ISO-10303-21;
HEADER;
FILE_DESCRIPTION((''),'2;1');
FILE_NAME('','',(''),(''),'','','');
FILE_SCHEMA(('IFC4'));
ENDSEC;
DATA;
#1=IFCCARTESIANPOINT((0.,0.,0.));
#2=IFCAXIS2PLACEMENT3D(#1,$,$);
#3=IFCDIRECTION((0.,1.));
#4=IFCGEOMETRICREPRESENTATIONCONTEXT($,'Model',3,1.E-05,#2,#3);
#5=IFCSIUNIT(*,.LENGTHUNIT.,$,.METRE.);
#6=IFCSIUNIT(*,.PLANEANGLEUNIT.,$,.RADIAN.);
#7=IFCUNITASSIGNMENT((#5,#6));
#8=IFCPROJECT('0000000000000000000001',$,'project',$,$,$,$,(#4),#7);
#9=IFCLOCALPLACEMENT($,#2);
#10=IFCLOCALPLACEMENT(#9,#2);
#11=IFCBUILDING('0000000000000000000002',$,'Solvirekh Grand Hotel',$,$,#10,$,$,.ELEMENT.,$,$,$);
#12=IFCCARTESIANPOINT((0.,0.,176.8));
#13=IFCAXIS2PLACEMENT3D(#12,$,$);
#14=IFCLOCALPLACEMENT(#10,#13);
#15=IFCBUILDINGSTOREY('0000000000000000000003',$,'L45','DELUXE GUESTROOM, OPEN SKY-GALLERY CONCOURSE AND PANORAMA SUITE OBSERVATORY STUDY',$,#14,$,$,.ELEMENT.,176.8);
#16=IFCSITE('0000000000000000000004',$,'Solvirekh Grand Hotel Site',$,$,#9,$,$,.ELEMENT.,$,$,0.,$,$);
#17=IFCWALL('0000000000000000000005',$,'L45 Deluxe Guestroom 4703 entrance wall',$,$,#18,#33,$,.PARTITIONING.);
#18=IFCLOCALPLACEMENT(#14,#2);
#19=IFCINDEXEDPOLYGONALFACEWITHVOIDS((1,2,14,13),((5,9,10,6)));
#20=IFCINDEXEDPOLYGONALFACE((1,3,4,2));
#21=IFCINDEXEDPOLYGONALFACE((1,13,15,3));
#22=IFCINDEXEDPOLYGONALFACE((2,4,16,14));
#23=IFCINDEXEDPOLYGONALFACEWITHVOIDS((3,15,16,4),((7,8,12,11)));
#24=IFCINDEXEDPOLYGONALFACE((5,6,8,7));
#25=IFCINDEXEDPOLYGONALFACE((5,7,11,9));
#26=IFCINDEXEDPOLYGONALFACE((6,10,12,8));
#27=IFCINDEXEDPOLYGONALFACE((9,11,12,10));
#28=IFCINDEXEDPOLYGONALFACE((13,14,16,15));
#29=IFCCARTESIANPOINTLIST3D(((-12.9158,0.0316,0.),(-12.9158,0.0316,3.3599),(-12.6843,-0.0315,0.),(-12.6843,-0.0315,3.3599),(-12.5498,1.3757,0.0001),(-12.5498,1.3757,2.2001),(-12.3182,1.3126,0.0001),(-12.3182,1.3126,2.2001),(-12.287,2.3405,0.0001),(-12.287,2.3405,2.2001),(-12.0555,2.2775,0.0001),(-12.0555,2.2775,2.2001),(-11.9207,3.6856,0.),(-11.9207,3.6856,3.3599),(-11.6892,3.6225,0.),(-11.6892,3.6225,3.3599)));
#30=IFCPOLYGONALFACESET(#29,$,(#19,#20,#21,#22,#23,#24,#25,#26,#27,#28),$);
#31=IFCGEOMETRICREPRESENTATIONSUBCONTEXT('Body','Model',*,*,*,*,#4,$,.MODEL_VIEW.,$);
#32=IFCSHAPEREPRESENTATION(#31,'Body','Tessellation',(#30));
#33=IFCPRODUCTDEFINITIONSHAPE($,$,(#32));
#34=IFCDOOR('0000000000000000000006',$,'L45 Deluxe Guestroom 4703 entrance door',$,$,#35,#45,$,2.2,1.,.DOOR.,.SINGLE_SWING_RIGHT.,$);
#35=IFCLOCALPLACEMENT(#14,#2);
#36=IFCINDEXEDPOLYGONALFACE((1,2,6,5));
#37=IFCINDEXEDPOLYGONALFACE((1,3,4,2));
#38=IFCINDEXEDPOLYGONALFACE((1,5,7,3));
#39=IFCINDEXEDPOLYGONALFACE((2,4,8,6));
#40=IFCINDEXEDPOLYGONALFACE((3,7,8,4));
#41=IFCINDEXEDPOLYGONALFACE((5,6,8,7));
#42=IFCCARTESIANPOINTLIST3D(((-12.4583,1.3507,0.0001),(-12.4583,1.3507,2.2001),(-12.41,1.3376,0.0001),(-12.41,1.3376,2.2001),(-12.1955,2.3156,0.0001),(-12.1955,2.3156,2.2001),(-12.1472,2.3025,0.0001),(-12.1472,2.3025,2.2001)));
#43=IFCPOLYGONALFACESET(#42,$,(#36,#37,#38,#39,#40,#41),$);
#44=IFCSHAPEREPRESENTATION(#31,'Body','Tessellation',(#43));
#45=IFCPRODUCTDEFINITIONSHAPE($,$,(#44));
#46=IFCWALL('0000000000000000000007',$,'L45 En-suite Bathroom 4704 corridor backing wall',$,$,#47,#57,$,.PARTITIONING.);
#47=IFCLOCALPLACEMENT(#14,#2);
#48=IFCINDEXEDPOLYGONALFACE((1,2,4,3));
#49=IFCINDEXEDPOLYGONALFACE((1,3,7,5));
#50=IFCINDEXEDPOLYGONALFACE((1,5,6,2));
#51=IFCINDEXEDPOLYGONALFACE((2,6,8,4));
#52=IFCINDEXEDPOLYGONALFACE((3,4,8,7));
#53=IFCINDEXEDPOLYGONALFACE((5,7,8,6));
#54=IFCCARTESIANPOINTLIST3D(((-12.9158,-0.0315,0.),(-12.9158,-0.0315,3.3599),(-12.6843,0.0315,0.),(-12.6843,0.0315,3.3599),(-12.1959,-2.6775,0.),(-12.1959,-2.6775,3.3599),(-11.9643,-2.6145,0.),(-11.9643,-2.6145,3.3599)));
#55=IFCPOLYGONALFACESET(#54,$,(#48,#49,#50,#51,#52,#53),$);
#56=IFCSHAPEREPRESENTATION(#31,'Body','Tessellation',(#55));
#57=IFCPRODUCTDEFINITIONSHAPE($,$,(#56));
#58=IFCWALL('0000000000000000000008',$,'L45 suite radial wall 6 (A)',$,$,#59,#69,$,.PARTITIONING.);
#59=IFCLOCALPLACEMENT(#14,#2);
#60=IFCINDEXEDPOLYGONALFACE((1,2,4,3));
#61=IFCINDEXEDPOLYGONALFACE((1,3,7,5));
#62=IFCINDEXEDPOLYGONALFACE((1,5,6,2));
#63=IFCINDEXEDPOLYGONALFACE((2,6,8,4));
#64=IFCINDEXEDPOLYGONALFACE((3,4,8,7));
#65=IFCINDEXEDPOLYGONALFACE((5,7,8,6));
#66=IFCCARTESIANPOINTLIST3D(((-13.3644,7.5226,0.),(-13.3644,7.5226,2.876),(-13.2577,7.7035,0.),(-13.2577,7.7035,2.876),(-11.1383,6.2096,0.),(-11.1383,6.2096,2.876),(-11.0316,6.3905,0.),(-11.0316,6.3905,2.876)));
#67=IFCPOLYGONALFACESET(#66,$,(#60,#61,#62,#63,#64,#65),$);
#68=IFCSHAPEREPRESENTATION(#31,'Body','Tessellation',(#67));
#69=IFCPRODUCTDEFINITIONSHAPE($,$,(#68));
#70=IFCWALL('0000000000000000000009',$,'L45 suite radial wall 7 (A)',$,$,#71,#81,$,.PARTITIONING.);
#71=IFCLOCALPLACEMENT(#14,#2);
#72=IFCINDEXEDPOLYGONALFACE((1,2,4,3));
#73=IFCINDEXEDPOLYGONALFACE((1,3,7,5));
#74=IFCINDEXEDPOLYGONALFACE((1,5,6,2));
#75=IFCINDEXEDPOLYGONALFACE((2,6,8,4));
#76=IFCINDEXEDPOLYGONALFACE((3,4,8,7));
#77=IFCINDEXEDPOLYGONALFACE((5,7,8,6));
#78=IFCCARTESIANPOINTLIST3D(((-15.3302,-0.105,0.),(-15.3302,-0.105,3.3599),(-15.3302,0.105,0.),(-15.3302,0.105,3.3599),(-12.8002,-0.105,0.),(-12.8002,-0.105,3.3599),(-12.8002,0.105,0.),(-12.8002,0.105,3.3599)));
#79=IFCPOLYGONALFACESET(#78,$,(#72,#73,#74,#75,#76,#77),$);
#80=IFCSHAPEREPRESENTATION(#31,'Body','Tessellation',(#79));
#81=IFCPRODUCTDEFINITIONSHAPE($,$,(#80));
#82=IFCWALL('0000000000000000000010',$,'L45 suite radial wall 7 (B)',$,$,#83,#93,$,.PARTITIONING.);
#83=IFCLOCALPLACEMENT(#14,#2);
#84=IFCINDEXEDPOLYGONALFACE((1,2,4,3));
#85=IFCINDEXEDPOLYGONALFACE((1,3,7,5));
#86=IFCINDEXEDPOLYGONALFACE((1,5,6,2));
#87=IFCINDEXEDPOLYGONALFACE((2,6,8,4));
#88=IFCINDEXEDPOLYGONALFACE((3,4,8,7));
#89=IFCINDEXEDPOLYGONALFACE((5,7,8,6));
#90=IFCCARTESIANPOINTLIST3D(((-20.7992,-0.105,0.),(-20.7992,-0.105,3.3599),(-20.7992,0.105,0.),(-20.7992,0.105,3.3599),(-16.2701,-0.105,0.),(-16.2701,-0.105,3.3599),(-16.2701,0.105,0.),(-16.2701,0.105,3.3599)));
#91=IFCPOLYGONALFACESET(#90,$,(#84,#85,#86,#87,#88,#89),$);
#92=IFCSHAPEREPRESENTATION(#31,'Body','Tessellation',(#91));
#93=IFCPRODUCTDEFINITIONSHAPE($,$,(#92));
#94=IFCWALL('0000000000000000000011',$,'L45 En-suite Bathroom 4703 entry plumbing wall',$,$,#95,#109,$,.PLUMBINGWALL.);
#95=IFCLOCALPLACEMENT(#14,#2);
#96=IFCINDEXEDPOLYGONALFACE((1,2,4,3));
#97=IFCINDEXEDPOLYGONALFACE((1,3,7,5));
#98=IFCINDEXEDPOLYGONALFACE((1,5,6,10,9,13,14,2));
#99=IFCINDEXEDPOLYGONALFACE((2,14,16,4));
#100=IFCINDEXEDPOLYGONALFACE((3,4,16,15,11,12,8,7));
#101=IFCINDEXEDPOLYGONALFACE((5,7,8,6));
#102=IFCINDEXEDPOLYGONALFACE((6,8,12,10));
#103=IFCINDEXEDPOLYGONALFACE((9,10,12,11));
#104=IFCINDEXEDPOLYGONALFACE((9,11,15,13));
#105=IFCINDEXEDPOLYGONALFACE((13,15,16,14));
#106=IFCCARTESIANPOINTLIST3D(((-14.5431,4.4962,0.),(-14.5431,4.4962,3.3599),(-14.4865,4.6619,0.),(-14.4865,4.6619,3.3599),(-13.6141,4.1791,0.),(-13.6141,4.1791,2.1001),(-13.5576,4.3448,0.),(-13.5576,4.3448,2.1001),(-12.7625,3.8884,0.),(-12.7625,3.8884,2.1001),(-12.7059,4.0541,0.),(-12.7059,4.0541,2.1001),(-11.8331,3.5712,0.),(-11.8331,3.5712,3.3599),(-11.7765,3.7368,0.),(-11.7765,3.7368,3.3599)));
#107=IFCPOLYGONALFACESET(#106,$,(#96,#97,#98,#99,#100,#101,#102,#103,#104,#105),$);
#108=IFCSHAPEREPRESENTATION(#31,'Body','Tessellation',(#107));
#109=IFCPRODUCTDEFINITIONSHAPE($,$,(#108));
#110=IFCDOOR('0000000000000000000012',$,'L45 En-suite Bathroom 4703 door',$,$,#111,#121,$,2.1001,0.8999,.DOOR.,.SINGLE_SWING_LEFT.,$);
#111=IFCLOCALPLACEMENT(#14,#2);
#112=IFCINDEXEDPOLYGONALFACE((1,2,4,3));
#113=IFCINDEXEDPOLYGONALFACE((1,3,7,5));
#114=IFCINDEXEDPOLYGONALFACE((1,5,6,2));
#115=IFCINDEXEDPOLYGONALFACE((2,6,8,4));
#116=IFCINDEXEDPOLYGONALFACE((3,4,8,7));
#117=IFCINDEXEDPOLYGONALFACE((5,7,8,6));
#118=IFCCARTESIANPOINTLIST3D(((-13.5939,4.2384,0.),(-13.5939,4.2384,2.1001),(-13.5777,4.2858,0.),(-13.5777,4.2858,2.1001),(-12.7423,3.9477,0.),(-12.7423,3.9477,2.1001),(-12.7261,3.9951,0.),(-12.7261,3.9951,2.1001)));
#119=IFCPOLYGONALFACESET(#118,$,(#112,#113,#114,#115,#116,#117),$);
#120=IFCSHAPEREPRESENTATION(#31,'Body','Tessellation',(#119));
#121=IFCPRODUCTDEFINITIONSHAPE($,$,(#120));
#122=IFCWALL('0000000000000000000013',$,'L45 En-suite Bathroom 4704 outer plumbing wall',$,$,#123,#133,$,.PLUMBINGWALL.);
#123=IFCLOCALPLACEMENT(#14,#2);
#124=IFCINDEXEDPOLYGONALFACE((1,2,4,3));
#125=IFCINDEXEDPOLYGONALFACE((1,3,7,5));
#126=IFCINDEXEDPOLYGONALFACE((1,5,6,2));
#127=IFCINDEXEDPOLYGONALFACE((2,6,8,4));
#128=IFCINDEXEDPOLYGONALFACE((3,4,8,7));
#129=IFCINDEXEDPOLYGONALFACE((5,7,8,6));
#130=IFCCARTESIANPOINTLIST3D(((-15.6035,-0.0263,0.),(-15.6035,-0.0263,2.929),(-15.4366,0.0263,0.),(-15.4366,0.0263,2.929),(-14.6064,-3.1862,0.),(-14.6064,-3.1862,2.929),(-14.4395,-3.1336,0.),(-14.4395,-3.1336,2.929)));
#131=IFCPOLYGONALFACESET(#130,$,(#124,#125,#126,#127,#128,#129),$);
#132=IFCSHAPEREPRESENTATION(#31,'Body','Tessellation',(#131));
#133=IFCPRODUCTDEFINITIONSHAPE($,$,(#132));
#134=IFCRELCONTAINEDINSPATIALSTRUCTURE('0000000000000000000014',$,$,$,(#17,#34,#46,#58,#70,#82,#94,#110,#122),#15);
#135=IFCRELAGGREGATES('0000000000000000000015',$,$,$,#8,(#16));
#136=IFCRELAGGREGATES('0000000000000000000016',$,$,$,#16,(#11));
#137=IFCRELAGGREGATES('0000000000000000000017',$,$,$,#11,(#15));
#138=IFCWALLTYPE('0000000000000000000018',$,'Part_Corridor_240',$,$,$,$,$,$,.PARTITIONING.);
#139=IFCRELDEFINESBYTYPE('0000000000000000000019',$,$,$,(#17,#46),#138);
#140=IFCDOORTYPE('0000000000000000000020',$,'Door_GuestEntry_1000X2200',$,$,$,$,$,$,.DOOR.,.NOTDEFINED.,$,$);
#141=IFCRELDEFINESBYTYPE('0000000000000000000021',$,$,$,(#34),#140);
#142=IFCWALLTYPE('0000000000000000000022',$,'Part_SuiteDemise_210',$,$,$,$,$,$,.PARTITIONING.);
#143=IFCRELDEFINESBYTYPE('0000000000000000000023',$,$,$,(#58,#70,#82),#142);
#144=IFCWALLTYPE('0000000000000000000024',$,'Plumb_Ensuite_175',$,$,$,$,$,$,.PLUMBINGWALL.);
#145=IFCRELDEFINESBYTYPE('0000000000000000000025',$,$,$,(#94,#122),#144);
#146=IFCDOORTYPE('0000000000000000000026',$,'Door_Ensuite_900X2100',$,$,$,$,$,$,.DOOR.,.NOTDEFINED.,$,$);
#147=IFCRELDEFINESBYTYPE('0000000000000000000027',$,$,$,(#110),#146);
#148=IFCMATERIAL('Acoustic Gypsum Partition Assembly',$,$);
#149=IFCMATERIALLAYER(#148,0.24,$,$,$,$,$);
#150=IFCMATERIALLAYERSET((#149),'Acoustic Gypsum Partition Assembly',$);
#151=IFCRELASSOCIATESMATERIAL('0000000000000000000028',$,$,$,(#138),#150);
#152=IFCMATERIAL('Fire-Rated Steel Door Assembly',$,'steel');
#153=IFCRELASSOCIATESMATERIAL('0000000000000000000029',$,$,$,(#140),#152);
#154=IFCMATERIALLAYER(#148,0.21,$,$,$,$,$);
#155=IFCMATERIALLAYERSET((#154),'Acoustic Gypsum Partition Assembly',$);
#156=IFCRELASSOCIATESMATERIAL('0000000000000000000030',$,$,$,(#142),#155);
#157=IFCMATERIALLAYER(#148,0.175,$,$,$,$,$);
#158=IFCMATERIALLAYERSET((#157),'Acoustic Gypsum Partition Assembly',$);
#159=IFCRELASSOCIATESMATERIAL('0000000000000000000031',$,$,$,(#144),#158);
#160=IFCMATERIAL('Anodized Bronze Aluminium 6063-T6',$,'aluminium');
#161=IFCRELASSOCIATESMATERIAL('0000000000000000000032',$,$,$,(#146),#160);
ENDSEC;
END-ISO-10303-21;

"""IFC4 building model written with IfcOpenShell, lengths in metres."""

from ifc_helpers import new_model, si_unit, direction, frame, frame_2d, origin, place, context, subcontext, project, spatial, rectangle, extrude, material, layer, layer_set, type_object, element, fill, save


model = new_model("IFC4")

# Units and contexts
model_context = context("Model", 3, precision=1e-05, world=origin(), true_north=direction((0.0, 1.0)))
body_context = subcontext(model_context, "Body", "Model", "MODEL_VIEW")
ifc_project = project(units=[si_unit("LENGTHUNIT", "METRE"), si_unit("PLANEANGLEUNIT", "RADIAN")], contexts=[model_context])

# Site, building, storey
site_placement = place(None, origin())
site = spatial("IfcSite", under=ifc_project, at=site_placement, Name="Solvirekh Grand Hotel Site", CompositionType="ELEMENT", RefElevation=0.0)
building_placement = place(site_placement, origin())
building = spatial("IfcBuilding", under=site, at=building_placement, Name="Solvirekh Grand Hotel", CompositionType="ELEMENT")
storey_placement = place(building_placement, frame((0.0, 0.0, 176.8)))
storey = spatial("IfcBuildingStorey", under=building, at=storey_placement, Name="L45", Description="DELUXE GUESTROOM, OPEN SKY-GALLERY CONCOURSE AND PANORAMA SUITE OBSERVATORY STUDY", CompositionType="ELEMENT", Elevation=176.8)

# Shared definitions
ifc_material_1 = material(Name="Anodized Bronze Aluminium 6063-T6", Category="aluminium")

# Wall, opening, door
ifc_material_2 = material(Name="Acoustic Gypsum Partition Assembly")
ifc_layer_1 = layer(ifc_material_2, 0.24)
ifc_layer_set_1 = layer_set([ifc_layer_1], Name="Acoustic Gypsum Partition Assembly")
wall_type_1 = type_object("IfcWallType", Name="Part_Corridor_240", PredefinedType="PARTITIONING", material=ifc_layer_set_1)
ifc_material_3 = material(Name="Fire-Rated Steel Door Assembly", Category="steel")
door_type_1 = type_object("IfcDoorType", Name="Door_GuestEntry_1000X2200", OperationType="NOTDEFINED", PredefinedType="DOOR", material=ifc_material_3)
wall_1_placement = place(storey_placement, frame((-11.8049, 3.6541, 0.0), z_axis=(0.0, 0.0, 1.0), x_axis=(-0.262763, -0.96486, 0.0)))
wall_1 = element("IfcWall", 1, at=wall_1_placement, inside=storey, type_object=wall_type_1, Name="L45 Deluxe Guestroom 4703 entrance wall", PredefinedType="PARTITIONING", context=body_context, shape_type="SweptSolid", body=[
    extrude(rectangle(XDim=3.7871, YDim=0.24, at=frame_2d((1.8936, 0.0))), origin(), (0.0, 0.0, 1.0), 3.3599),
])
opening_1_placement = place(wall_1_placement, frame((1.394, 0.0, 0.0)))
opening_1 = element("IfcOpeningElement", 2, at=opening_1_placement, cuts=wall_1, PredefinedType="OPENING", context=body_context, shape_type="SweptSolid", body=[
    extrude(rectangle(XDim=1.0, YDim=2.2, at=frame_2d((0.5, 1.1001))), frame((0.0, 0.1299, 0.0), z_axis=(0.0, -1.0, 0.0), x_axis=(1.0, 0.0, 0.0)), (0.0, 0.0, 1.0), 0.26),
])
door_1_placement = place(opening_1_placement, origin())
door_1 = element("IfcDoor", 3, at=door_1_placement, inside=storey, type_object=door_type_1, Name="L45 Deluxe Guestroom 4703 entrance door", OperationType="SINGLE_SWING_RIGHT", OverallHeight=2.2, OverallWidth=1.0, PredefinedType="DOOR", context=body_context, shape_type="SweptSolid", body=[
    extrude(rectangle(XDim=1.0, YDim=2.2, at=frame_2d((0.5, 1.1001))), frame((0.0, 0.0249, 0.0), z_axis=(0.0, -1.0, 0.0), x_axis=(1.0, 0.0, 0.0)), (0.0, 0.0, 1.0), 0.05),
])
fill(opening_1, door_1)

# Walls
wall_2_placement = place(storey_placement, frame((-12.8, 0.0, 0.0), z_axis=(0.0, 0.0, 1.0), x_axis=(0.262552, -0.964918, 0.0)))
element("IfcWall", 4, at=wall_2_placement, inside=storey, type_object=wall_type_1, Name="L45 En-suite Bathroom 4704 corridor backing wall", PredefinedType="PARTITIONING", context=body_context, shape_type="SweptSolid", body=[
    extrude(rectangle(XDim=2.7422, YDim=0.24, at=frame_2d((1.3711, 0.0))), origin(), (0.0, 0.0, 1.0), 3.3599),
])
ifc_layer_2 = layer(ifc_material_2, 0.21)
ifc_layer_set_2 = layer_set([ifc_layer_2], Name="Acoustic Gypsum Partition Assembly")
wall_type_2 = type_object("IfcWallType", Name="Part_SuiteDemise_210", PredefinedType="PARTITIONING", material=ifc_layer_set_2)
wall_3_placement = place(storey_placement, frame((-11.085, 6.3, 0.0), z_axis=(0.0, 0.0, 1.0), x_axis=(-0.861336, 0.508035, 0.0)))
element("IfcWall", 5, at=wall_3_placement, inside=storey, type_object=wall_type_2, Name="L45 suite radial wall 6 (A)", PredefinedType="PARTITIONING", context=body_context, shape_type="SweptSolid", body=[
    extrude(rectangle(XDim=2.5845, YDim=0.21, at=frame_2d((1.2922, 0.0))), origin(), (0.0, 0.0, 1.0), 2.876),
])
wall_4_placement = place(storey_placement, frame((-12.8, 0.0, 0.0), z_axis=(0.0, 0.0, 1.0), x_axis=(-1.0, 0.0, 0.0)))
element("IfcWall", 6, at=wall_4_placement, inside=storey, type_object=wall_type_2, Name="L45 suite radial wall 7 (A)", PredefinedType="PARTITIONING", context=body_context, shape_type="SweptSolid", body=[
    extrude(rectangle(XDim=2.53, YDim=0.21, at=frame_2d((1.2651, 0.0))), origin(), (0.0, 0.0, 1.0), 3.3599),
])
wall_5_placement = place(storey_placement, frame((-16.27, 0.0, 0.0), z_axis=(0.0, 0.0, 1.0), x_axis=(-1.0, 0.0, 0.0)))
element("IfcWall", 7, at=wall_5_placement, inside=storey, type_object=wall_type_2, Name="L45 suite radial wall 7 (B)", PredefinedType="PARTITIONING", context=body_context, shape_type="SweptSolid", body=[
    extrude(rectangle(XDim=4.5291, YDim=0.21, at=frame_2d((2.2646, 0.0))), origin(), (0.0, 0.0, 1.0), 3.3599),
])

# Wall, opening, door
ifc_layer_3 = layer(ifc_material_2, 0.175)
ifc_layer_set_3 = layer_set([ifc_layer_3], Name="Acoustic Gypsum Partition Assembly")
wall_type_3 = type_object("IfcWallType", Name="Plumb_Ensuite_175", PredefinedType="PLUMBINGWALL", material=ifc_layer_set_3)
wall_6_placement = place(storey_placement, frame((-11.8049, 3.6541, 0.0), z_axis=(0.0, 0.0, 1.0), x_axis=(-0.946382, 0.323049, 0.0)))
wall_6 = element("IfcWall", 8, at=wall_6_placement, inside=storey, type_object=wall_type_3, Name="L45 En-suite Bathroom 4703 entry plumbing wall", PredefinedType="PLUMBINGWALL", context=body_context, shape_type="SweptSolid", body=[
    extrude(rectangle(XDim=2.8635, YDim=0.175, at=frame_2d((1.4316, 0.0))), origin(), (0.0, 0.0, 1.0), 3.3599),
])
opening_2_placement = place(wall_6_placement, frame((0.9819, 0.0, 0.0)))
opening_2 = element("IfcOpeningElement", 9, at=opening_2_placement, cuts=wall_6, PredefinedType="OPENING", context=body_context, shape_type="SweptSolid", body=[
    extrude(rectangle(XDim=0.8999, YDim=2.1001, at=frame_2d((0.45, 1.05))), frame((0.0, 0.0977, 0.0), z_axis=(0.0, -1.0, 0.0), x_axis=(1.0, 0.0, 0.0)), (0.0, 0.0, 1.0), 0.1951),
])
door_type_2 = type_object("IfcDoorType", Name="Door_Ensuite_900X2100", OperationType="NOTDEFINED", PredefinedType="DOOR", material=ifc_material_1)
door_2_placement = place(opening_2_placement, origin())
door_2 = element("IfcDoor", 10, at=door_2_placement, inside=storey, type_object=door_type_2, Name="L45 En-suite Bathroom 4703 door", OperationType="SINGLE_SWING_LEFT", OverallHeight=2.1001, OverallWidth=0.8999, PredefinedType="DOOR", context=body_context, shape_type="SweptSolid", body=[
    extrude(rectangle(XDim=0.8999, YDim=2.1001, at=frame_2d((0.45, 1.05))), frame((0.0, 0.0249, 0.0), z_axis=(0.0, -1.0, 0.0), x_axis=(1.0, 0.0, 0.0)), (0.0, 0.0, 1.0), 0.05),
])
fill(opening_2, door_2)

# Wall
wall_7_placement = place(storey_placement, frame((-15.52, 0.0, 0.0), z_axis=(0.0, 0.0, 1.0), x_axis=(0.300913, -0.953652, 0.0)))
element("IfcWall", 11, at=wall_7_placement, inside=storey, type_object=wall_type_3, Name="L45 En-suite Bathroom 4704 outer plumbing wall", PredefinedType="PLUMBINGWALL", context=body_context, shape_type="SweptSolid", body=[
    extrude(rectangle(XDim=3.3135, YDim=0.175, at=frame_2d((1.6567, 0.0))), origin(), (0.0, 0.0, 1.0), 2.929),
])

save(model, "model.ifc")
